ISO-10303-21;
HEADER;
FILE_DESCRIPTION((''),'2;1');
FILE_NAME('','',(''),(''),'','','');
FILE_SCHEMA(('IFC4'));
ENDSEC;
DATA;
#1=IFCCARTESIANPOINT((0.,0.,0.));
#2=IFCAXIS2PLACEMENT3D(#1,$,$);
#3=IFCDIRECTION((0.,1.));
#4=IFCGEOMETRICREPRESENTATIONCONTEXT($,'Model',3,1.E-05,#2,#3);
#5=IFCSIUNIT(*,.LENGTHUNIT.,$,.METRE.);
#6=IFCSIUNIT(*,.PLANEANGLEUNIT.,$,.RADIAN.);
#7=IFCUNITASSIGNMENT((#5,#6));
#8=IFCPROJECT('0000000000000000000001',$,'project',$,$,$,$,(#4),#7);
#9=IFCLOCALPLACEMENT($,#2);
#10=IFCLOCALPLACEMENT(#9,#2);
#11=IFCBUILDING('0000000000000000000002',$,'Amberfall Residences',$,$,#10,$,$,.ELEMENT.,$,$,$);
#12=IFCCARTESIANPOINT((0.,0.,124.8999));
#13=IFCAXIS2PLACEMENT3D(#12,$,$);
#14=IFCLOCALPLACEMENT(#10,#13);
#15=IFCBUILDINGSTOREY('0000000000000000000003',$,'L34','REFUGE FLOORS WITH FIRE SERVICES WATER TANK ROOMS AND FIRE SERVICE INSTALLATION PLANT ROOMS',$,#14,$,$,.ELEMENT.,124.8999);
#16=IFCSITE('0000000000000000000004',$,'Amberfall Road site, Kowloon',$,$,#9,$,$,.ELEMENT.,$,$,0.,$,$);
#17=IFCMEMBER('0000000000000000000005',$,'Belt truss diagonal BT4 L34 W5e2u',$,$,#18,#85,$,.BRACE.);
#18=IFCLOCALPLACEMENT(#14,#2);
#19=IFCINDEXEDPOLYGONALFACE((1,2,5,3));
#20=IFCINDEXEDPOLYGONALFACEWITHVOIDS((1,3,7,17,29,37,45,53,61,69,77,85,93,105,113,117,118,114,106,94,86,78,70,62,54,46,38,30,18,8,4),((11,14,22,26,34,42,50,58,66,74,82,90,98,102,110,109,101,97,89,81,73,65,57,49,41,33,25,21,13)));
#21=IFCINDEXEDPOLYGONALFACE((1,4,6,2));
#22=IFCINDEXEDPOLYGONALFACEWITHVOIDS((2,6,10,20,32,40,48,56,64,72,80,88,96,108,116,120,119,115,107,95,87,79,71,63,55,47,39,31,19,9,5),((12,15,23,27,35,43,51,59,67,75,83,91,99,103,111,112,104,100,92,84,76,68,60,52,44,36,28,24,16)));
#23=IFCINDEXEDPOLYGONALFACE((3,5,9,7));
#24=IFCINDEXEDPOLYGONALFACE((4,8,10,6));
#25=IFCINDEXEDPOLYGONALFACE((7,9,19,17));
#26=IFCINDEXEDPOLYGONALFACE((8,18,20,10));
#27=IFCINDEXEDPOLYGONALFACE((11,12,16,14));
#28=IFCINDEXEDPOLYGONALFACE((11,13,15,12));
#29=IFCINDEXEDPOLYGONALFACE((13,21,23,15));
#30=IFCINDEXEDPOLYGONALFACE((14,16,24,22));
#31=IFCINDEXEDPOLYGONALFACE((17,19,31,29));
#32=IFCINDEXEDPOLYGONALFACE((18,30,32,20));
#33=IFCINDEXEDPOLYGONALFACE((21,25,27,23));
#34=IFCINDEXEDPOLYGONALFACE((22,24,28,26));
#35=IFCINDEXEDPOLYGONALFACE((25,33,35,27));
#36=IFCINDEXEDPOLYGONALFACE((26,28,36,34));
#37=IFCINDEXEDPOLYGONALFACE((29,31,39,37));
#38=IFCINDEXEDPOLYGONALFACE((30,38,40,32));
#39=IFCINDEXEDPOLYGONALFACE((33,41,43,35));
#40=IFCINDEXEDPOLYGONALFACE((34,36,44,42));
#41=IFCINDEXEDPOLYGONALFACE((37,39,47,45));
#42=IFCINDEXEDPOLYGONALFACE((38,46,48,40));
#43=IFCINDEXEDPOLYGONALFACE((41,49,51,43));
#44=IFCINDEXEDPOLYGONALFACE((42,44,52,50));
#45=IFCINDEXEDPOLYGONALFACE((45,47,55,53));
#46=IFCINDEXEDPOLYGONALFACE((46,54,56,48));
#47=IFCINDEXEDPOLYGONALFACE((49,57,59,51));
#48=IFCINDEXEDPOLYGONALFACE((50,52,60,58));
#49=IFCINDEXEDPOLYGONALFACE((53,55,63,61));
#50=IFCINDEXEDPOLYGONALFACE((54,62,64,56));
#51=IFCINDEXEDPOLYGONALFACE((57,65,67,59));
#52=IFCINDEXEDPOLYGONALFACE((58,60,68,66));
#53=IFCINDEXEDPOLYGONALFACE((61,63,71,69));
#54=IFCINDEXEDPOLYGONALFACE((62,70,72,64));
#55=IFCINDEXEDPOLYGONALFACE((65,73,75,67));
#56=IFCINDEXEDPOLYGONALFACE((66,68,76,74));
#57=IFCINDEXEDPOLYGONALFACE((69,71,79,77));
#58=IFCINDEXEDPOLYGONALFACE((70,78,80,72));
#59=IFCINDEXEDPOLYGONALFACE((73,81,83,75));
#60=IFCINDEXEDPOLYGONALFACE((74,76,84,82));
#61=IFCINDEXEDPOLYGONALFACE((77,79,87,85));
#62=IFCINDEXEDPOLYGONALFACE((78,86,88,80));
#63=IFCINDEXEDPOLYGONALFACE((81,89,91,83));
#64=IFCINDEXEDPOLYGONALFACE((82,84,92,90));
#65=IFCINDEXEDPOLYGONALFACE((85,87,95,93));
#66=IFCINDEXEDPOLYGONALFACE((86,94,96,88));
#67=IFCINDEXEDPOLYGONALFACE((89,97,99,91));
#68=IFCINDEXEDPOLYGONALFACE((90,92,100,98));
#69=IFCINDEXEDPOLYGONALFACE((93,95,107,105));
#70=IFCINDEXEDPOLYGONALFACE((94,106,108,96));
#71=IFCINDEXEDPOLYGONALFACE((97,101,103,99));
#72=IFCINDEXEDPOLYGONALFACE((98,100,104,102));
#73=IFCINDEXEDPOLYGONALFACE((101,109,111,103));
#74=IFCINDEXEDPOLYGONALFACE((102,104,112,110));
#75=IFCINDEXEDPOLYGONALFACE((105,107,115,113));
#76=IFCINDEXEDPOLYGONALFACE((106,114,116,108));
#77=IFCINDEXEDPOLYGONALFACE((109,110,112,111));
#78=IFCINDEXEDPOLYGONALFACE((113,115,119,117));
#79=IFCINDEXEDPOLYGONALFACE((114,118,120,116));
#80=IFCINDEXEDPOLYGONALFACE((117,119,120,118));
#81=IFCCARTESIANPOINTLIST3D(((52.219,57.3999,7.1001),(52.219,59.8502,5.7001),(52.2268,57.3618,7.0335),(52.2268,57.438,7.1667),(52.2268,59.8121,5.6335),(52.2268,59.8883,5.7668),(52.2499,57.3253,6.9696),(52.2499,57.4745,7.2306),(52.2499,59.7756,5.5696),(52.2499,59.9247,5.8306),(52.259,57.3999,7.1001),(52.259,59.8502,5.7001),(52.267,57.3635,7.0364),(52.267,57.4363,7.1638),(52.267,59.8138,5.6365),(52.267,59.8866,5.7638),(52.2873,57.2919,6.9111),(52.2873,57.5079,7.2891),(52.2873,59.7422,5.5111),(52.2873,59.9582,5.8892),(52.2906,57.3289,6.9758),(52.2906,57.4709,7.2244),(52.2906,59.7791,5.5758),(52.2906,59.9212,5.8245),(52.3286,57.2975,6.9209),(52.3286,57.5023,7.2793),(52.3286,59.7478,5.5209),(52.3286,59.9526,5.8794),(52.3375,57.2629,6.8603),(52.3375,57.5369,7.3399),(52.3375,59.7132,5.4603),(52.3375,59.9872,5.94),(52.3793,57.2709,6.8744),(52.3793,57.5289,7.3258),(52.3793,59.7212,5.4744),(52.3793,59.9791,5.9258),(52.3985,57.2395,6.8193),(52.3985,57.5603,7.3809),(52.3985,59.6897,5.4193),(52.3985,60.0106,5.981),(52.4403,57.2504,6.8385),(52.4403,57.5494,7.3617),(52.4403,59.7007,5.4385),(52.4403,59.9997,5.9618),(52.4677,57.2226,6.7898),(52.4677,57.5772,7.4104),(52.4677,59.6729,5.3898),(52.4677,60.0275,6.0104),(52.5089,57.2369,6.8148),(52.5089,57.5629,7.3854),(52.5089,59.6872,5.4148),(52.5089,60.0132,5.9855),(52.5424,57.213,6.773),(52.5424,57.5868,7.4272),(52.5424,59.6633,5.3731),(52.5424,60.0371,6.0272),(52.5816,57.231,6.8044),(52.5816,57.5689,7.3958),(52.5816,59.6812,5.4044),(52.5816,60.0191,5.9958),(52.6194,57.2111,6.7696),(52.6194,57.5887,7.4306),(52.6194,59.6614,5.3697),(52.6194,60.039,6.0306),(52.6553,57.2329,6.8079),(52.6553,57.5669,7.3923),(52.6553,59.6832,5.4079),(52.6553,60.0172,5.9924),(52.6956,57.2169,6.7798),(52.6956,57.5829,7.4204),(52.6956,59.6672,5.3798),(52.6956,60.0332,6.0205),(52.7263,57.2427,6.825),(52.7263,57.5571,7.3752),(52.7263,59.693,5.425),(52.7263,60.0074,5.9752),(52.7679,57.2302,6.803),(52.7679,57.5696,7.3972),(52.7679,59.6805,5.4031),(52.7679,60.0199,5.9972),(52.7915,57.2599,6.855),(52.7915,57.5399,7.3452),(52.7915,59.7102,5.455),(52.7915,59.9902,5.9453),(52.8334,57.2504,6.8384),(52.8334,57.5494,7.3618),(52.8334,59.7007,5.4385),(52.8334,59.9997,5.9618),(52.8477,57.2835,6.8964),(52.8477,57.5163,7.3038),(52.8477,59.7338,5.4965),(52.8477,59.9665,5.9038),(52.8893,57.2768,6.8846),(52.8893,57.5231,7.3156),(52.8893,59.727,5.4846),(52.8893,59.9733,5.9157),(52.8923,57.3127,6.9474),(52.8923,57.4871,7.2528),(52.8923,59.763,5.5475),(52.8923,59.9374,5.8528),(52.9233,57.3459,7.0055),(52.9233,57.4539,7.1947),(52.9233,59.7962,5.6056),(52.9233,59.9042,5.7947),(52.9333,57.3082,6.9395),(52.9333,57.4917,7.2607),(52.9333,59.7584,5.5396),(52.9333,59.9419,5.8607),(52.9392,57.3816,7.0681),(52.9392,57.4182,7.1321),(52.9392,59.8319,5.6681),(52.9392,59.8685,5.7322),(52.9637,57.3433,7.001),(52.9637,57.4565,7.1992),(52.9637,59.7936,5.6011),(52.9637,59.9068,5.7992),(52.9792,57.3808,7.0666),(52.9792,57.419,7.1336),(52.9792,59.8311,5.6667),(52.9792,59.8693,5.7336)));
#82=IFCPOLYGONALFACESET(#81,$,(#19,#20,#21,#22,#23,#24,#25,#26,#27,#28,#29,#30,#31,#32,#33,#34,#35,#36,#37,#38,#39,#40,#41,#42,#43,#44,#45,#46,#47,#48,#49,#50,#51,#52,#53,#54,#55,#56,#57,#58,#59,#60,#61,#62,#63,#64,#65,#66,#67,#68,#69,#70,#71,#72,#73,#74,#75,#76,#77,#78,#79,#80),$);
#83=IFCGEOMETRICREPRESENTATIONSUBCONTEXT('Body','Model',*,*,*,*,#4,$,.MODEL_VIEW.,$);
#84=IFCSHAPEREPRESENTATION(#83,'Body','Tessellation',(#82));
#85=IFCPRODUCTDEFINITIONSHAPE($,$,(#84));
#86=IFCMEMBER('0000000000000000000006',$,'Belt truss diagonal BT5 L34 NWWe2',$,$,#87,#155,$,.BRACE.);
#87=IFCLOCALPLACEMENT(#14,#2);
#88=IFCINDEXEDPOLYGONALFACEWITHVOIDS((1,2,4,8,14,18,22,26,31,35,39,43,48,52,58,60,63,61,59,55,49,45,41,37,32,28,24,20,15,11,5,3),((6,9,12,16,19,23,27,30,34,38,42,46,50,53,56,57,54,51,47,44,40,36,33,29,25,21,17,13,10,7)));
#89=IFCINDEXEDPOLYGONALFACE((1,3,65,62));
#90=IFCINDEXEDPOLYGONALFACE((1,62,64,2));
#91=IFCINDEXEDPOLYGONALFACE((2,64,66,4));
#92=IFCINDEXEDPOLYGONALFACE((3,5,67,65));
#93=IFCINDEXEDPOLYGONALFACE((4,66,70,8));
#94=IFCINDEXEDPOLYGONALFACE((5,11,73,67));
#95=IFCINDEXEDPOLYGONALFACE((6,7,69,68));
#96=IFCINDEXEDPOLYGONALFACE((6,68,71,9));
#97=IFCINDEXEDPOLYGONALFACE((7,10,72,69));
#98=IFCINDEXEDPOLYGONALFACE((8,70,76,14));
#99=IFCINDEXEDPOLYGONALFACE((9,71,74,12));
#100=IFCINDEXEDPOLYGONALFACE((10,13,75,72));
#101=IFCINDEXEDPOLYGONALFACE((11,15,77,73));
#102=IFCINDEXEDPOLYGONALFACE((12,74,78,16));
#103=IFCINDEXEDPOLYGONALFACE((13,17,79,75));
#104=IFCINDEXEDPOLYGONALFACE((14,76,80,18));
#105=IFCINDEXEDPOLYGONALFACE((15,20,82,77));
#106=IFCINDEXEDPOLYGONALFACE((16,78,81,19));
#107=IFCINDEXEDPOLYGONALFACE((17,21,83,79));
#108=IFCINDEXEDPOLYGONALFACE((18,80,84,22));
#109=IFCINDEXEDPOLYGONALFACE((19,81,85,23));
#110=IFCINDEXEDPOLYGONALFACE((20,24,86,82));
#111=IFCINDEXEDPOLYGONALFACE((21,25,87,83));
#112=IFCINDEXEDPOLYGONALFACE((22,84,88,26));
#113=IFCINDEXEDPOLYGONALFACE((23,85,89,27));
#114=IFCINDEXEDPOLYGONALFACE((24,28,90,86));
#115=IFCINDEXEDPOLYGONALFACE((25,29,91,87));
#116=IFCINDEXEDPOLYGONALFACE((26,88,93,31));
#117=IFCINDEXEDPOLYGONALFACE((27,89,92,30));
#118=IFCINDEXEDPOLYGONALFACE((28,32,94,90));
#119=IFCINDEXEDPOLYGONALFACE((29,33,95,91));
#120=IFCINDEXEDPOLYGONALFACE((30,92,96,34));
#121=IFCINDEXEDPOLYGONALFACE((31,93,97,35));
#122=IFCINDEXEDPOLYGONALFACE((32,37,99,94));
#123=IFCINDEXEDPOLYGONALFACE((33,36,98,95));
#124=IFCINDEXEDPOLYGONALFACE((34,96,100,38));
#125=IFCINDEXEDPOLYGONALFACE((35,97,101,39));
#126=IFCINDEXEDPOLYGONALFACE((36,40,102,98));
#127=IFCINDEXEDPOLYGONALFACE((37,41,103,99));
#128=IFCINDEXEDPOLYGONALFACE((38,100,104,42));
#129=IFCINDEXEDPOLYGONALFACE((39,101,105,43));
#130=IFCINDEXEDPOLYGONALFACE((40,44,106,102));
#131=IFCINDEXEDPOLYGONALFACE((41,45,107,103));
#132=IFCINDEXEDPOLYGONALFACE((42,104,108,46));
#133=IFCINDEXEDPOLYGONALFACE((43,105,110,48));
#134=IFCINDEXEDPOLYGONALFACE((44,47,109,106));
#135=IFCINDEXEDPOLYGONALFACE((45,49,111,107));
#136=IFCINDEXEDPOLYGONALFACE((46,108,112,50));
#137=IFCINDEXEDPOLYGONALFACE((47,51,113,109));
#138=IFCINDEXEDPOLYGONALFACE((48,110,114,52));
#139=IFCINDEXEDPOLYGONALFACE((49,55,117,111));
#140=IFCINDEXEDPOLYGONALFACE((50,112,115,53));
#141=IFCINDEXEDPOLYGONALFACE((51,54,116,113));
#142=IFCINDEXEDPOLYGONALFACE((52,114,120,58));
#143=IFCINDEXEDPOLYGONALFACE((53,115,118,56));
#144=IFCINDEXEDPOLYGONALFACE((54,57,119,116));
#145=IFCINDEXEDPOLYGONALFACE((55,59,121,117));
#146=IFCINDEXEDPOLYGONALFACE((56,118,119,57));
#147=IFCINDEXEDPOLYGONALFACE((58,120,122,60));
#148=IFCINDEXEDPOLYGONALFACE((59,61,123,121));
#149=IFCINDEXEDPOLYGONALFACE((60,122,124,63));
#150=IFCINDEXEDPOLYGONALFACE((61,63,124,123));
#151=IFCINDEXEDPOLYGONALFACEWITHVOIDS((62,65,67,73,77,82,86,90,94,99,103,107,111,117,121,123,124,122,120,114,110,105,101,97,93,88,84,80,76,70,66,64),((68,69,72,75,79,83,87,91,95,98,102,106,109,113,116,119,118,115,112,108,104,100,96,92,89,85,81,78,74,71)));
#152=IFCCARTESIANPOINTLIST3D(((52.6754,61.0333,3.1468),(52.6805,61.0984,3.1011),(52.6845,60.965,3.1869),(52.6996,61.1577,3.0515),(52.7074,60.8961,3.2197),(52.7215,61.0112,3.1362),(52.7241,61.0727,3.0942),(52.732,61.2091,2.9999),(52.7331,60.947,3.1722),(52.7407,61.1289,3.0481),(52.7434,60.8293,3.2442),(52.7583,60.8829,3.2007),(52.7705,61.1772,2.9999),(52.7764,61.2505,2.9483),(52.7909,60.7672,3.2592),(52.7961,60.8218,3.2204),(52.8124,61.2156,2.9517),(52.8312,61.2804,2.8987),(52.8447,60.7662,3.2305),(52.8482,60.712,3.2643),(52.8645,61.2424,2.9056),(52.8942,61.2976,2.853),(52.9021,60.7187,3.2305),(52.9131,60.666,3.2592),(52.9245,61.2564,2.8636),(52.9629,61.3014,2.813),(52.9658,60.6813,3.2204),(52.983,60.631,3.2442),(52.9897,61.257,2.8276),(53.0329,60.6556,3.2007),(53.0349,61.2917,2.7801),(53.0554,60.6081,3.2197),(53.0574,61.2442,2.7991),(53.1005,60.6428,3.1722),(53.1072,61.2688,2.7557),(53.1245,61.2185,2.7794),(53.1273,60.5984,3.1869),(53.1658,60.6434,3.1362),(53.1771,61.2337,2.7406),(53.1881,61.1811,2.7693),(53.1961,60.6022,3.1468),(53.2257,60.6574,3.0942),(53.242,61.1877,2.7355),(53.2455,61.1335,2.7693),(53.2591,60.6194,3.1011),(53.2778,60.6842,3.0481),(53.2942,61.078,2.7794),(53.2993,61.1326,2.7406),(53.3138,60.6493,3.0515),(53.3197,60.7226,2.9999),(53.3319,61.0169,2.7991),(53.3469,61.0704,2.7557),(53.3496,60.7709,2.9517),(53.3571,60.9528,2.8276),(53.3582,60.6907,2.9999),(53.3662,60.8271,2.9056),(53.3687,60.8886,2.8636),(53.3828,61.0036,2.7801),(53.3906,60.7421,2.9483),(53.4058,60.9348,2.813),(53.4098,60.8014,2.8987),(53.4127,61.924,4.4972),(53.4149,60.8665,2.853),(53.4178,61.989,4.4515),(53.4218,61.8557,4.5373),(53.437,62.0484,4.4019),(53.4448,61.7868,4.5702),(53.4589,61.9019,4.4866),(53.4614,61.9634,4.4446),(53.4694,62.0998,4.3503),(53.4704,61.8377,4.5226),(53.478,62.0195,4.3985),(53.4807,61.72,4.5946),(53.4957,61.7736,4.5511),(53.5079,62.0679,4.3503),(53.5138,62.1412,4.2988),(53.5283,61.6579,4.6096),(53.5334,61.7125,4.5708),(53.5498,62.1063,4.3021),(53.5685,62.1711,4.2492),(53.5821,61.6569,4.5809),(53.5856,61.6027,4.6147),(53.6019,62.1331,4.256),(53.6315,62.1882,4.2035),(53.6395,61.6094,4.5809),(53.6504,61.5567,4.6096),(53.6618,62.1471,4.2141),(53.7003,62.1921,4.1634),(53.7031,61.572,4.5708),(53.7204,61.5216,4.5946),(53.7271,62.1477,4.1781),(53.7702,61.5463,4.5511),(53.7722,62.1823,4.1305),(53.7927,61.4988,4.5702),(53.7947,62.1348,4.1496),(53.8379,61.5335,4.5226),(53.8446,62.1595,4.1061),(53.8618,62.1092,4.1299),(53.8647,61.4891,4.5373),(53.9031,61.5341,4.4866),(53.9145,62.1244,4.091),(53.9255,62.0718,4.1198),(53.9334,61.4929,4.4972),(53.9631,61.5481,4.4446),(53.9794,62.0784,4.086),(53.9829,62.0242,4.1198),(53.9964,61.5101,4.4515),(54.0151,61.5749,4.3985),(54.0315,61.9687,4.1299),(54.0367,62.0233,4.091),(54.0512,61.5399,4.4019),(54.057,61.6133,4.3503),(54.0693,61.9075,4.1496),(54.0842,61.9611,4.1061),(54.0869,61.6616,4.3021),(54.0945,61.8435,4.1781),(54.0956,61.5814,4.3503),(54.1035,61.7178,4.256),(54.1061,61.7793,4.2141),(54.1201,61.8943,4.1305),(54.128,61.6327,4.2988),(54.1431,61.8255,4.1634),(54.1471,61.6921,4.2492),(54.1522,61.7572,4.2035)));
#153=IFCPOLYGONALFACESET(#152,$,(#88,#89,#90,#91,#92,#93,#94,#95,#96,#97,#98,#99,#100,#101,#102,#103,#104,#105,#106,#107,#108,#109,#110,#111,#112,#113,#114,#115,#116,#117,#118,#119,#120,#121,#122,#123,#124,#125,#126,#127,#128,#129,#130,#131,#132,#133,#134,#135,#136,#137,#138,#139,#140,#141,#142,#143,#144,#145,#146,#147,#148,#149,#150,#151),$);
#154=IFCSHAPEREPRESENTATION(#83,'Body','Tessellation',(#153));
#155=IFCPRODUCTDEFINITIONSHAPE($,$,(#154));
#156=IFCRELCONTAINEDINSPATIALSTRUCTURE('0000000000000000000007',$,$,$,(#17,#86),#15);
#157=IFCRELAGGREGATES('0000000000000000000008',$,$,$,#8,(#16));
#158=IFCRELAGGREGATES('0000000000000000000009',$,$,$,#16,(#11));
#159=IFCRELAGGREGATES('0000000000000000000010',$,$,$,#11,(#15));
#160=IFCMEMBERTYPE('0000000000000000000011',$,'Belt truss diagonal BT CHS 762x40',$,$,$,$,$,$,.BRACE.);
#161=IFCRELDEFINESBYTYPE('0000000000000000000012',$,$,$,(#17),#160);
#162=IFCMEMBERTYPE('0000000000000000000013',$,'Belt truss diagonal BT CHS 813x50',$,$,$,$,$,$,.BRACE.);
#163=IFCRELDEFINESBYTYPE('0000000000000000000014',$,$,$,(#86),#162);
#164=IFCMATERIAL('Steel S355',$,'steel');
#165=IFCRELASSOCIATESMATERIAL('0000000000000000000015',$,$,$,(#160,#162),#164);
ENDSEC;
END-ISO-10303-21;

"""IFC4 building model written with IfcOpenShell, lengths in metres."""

from ifc_helpers import new_model, si_unit, direction, frame, origin, origin_2d, place, context, subcontext, project, spatial, hollow_circle, extrude, material, material_profile, profile_set, type_object, element, save


model = new_model("IFC4")

# Units and contexts
model_context = context("Model", 3, precision=1e-05, world=origin(), true_north=direction((0.0, 1.0)))
body_context = subcontext(model_context, "Body", "Model", "MODEL_VIEW")
ifc_project = project(units=[si_unit("LENGTHUNIT", "METRE"), si_unit("PLANEANGLEUNIT", "RADIAN")], contexts=[model_context])

# Site, building, storey
site_placement = place(None, origin())
site = spatial("IfcSite", under=ifc_project, at=site_placement, Name="Amberfall Road site, Kowloon", CompositionType="ELEMENT", RefElevation=0.0)
building_placement = place(site_placement, origin())
building = spatial("IfcBuilding", under=site, at=building_placement, Name="Amberfall Residences", CompositionType="ELEMENT")
storey_placement = place(building_placement, frame((0.0, 0.0, 124.8999)))
storey = spatial("IfcBuildingStorey", under=building, at=storey_placement, Name="L34", Description="REFUGE FLOORS WITH FIRE SERVICES WATER TANK ROOMS AND FIRE SERVICE INSTALLATION PLANT ROOMS", CompositionType="ELEMENT", Elevation=124.8999)

# Shared definitions
ifc_material_1 = material(Name="Steel S355", Category="steel")

# Members
ifc_material_profile_1 = material_profile(ifc_material_1, hollow_circle(Radius=0.3811, WallThickness=0.04, at=origin_2d()), Name="CHS 762x40")
ifc_profile_set_1 = profile_set([ifc_material_profile_1], Name="Steel S355")
member_type_1 = type_object("IfcMemberType", Name="Belt truss diagonal BT CHS 762x40", PredefinedType="BRACE", material=ifc_profile_set_1)
member_1_placement = place(storey_placement, frame((52.6001, 57.3999, 7.1001), z_axis=(0.0, 0.868275, -0.496083), x_axis=(-1.0, 0.0, 0.0)))
element("IfcMember", 1, at=member_1_placement, inside=storey, type_object=member_type_1, Name="Belt truss diagonal BT4 L34 W5e2u", PredefinedType="BRACE", context=body_context, shape_type="SweptSolid", body=[
    extrude(hollow_circle(Radius=0.3811, WallThickness=0.04, at=origin_2d()), origin(), (0.0, 0.0, 1.0), 2.822),
])
ifc_material_profile_2 = material_profile(ifc_material_1, hollow_circle(Radius=0.4065, WallThickness=0.05, at=origin_2d()), Name="CHS 813x50")
ifc_profile_set_2 = profile_set([ifc_material_profile_2], Name="Steel S355")
member_type_2 = type_object("IfcMemberType", Name="Belt truss diagonal BT CHS 813x50", PredefinedType="BRACE", material=ifc_profile_set_2)
member_2_placement = place(storey_placement, frame((53.7825, 61.8406, 4.3503), z_axis=(-0.41475, -0.500996, -0.759596), x_axis=(0.770294, -0.637689, 0.0)))
element("IfcMember", 2, at=member_2_placement, inside=storey, type_object=member_type_2, Name="Belt truss diagonal BT5 L34 NWWe2", PredefinedType="BRACE", context=body_context, shape_type="SweptSolid", body=[
    extrude(hollow_circle(Radius=0.4065, WallThickness=0.05, at=origin_2d()), origin(), (0.0, 0.0, 1.0), 1.7778),
])

save(model, "model.ifc")
